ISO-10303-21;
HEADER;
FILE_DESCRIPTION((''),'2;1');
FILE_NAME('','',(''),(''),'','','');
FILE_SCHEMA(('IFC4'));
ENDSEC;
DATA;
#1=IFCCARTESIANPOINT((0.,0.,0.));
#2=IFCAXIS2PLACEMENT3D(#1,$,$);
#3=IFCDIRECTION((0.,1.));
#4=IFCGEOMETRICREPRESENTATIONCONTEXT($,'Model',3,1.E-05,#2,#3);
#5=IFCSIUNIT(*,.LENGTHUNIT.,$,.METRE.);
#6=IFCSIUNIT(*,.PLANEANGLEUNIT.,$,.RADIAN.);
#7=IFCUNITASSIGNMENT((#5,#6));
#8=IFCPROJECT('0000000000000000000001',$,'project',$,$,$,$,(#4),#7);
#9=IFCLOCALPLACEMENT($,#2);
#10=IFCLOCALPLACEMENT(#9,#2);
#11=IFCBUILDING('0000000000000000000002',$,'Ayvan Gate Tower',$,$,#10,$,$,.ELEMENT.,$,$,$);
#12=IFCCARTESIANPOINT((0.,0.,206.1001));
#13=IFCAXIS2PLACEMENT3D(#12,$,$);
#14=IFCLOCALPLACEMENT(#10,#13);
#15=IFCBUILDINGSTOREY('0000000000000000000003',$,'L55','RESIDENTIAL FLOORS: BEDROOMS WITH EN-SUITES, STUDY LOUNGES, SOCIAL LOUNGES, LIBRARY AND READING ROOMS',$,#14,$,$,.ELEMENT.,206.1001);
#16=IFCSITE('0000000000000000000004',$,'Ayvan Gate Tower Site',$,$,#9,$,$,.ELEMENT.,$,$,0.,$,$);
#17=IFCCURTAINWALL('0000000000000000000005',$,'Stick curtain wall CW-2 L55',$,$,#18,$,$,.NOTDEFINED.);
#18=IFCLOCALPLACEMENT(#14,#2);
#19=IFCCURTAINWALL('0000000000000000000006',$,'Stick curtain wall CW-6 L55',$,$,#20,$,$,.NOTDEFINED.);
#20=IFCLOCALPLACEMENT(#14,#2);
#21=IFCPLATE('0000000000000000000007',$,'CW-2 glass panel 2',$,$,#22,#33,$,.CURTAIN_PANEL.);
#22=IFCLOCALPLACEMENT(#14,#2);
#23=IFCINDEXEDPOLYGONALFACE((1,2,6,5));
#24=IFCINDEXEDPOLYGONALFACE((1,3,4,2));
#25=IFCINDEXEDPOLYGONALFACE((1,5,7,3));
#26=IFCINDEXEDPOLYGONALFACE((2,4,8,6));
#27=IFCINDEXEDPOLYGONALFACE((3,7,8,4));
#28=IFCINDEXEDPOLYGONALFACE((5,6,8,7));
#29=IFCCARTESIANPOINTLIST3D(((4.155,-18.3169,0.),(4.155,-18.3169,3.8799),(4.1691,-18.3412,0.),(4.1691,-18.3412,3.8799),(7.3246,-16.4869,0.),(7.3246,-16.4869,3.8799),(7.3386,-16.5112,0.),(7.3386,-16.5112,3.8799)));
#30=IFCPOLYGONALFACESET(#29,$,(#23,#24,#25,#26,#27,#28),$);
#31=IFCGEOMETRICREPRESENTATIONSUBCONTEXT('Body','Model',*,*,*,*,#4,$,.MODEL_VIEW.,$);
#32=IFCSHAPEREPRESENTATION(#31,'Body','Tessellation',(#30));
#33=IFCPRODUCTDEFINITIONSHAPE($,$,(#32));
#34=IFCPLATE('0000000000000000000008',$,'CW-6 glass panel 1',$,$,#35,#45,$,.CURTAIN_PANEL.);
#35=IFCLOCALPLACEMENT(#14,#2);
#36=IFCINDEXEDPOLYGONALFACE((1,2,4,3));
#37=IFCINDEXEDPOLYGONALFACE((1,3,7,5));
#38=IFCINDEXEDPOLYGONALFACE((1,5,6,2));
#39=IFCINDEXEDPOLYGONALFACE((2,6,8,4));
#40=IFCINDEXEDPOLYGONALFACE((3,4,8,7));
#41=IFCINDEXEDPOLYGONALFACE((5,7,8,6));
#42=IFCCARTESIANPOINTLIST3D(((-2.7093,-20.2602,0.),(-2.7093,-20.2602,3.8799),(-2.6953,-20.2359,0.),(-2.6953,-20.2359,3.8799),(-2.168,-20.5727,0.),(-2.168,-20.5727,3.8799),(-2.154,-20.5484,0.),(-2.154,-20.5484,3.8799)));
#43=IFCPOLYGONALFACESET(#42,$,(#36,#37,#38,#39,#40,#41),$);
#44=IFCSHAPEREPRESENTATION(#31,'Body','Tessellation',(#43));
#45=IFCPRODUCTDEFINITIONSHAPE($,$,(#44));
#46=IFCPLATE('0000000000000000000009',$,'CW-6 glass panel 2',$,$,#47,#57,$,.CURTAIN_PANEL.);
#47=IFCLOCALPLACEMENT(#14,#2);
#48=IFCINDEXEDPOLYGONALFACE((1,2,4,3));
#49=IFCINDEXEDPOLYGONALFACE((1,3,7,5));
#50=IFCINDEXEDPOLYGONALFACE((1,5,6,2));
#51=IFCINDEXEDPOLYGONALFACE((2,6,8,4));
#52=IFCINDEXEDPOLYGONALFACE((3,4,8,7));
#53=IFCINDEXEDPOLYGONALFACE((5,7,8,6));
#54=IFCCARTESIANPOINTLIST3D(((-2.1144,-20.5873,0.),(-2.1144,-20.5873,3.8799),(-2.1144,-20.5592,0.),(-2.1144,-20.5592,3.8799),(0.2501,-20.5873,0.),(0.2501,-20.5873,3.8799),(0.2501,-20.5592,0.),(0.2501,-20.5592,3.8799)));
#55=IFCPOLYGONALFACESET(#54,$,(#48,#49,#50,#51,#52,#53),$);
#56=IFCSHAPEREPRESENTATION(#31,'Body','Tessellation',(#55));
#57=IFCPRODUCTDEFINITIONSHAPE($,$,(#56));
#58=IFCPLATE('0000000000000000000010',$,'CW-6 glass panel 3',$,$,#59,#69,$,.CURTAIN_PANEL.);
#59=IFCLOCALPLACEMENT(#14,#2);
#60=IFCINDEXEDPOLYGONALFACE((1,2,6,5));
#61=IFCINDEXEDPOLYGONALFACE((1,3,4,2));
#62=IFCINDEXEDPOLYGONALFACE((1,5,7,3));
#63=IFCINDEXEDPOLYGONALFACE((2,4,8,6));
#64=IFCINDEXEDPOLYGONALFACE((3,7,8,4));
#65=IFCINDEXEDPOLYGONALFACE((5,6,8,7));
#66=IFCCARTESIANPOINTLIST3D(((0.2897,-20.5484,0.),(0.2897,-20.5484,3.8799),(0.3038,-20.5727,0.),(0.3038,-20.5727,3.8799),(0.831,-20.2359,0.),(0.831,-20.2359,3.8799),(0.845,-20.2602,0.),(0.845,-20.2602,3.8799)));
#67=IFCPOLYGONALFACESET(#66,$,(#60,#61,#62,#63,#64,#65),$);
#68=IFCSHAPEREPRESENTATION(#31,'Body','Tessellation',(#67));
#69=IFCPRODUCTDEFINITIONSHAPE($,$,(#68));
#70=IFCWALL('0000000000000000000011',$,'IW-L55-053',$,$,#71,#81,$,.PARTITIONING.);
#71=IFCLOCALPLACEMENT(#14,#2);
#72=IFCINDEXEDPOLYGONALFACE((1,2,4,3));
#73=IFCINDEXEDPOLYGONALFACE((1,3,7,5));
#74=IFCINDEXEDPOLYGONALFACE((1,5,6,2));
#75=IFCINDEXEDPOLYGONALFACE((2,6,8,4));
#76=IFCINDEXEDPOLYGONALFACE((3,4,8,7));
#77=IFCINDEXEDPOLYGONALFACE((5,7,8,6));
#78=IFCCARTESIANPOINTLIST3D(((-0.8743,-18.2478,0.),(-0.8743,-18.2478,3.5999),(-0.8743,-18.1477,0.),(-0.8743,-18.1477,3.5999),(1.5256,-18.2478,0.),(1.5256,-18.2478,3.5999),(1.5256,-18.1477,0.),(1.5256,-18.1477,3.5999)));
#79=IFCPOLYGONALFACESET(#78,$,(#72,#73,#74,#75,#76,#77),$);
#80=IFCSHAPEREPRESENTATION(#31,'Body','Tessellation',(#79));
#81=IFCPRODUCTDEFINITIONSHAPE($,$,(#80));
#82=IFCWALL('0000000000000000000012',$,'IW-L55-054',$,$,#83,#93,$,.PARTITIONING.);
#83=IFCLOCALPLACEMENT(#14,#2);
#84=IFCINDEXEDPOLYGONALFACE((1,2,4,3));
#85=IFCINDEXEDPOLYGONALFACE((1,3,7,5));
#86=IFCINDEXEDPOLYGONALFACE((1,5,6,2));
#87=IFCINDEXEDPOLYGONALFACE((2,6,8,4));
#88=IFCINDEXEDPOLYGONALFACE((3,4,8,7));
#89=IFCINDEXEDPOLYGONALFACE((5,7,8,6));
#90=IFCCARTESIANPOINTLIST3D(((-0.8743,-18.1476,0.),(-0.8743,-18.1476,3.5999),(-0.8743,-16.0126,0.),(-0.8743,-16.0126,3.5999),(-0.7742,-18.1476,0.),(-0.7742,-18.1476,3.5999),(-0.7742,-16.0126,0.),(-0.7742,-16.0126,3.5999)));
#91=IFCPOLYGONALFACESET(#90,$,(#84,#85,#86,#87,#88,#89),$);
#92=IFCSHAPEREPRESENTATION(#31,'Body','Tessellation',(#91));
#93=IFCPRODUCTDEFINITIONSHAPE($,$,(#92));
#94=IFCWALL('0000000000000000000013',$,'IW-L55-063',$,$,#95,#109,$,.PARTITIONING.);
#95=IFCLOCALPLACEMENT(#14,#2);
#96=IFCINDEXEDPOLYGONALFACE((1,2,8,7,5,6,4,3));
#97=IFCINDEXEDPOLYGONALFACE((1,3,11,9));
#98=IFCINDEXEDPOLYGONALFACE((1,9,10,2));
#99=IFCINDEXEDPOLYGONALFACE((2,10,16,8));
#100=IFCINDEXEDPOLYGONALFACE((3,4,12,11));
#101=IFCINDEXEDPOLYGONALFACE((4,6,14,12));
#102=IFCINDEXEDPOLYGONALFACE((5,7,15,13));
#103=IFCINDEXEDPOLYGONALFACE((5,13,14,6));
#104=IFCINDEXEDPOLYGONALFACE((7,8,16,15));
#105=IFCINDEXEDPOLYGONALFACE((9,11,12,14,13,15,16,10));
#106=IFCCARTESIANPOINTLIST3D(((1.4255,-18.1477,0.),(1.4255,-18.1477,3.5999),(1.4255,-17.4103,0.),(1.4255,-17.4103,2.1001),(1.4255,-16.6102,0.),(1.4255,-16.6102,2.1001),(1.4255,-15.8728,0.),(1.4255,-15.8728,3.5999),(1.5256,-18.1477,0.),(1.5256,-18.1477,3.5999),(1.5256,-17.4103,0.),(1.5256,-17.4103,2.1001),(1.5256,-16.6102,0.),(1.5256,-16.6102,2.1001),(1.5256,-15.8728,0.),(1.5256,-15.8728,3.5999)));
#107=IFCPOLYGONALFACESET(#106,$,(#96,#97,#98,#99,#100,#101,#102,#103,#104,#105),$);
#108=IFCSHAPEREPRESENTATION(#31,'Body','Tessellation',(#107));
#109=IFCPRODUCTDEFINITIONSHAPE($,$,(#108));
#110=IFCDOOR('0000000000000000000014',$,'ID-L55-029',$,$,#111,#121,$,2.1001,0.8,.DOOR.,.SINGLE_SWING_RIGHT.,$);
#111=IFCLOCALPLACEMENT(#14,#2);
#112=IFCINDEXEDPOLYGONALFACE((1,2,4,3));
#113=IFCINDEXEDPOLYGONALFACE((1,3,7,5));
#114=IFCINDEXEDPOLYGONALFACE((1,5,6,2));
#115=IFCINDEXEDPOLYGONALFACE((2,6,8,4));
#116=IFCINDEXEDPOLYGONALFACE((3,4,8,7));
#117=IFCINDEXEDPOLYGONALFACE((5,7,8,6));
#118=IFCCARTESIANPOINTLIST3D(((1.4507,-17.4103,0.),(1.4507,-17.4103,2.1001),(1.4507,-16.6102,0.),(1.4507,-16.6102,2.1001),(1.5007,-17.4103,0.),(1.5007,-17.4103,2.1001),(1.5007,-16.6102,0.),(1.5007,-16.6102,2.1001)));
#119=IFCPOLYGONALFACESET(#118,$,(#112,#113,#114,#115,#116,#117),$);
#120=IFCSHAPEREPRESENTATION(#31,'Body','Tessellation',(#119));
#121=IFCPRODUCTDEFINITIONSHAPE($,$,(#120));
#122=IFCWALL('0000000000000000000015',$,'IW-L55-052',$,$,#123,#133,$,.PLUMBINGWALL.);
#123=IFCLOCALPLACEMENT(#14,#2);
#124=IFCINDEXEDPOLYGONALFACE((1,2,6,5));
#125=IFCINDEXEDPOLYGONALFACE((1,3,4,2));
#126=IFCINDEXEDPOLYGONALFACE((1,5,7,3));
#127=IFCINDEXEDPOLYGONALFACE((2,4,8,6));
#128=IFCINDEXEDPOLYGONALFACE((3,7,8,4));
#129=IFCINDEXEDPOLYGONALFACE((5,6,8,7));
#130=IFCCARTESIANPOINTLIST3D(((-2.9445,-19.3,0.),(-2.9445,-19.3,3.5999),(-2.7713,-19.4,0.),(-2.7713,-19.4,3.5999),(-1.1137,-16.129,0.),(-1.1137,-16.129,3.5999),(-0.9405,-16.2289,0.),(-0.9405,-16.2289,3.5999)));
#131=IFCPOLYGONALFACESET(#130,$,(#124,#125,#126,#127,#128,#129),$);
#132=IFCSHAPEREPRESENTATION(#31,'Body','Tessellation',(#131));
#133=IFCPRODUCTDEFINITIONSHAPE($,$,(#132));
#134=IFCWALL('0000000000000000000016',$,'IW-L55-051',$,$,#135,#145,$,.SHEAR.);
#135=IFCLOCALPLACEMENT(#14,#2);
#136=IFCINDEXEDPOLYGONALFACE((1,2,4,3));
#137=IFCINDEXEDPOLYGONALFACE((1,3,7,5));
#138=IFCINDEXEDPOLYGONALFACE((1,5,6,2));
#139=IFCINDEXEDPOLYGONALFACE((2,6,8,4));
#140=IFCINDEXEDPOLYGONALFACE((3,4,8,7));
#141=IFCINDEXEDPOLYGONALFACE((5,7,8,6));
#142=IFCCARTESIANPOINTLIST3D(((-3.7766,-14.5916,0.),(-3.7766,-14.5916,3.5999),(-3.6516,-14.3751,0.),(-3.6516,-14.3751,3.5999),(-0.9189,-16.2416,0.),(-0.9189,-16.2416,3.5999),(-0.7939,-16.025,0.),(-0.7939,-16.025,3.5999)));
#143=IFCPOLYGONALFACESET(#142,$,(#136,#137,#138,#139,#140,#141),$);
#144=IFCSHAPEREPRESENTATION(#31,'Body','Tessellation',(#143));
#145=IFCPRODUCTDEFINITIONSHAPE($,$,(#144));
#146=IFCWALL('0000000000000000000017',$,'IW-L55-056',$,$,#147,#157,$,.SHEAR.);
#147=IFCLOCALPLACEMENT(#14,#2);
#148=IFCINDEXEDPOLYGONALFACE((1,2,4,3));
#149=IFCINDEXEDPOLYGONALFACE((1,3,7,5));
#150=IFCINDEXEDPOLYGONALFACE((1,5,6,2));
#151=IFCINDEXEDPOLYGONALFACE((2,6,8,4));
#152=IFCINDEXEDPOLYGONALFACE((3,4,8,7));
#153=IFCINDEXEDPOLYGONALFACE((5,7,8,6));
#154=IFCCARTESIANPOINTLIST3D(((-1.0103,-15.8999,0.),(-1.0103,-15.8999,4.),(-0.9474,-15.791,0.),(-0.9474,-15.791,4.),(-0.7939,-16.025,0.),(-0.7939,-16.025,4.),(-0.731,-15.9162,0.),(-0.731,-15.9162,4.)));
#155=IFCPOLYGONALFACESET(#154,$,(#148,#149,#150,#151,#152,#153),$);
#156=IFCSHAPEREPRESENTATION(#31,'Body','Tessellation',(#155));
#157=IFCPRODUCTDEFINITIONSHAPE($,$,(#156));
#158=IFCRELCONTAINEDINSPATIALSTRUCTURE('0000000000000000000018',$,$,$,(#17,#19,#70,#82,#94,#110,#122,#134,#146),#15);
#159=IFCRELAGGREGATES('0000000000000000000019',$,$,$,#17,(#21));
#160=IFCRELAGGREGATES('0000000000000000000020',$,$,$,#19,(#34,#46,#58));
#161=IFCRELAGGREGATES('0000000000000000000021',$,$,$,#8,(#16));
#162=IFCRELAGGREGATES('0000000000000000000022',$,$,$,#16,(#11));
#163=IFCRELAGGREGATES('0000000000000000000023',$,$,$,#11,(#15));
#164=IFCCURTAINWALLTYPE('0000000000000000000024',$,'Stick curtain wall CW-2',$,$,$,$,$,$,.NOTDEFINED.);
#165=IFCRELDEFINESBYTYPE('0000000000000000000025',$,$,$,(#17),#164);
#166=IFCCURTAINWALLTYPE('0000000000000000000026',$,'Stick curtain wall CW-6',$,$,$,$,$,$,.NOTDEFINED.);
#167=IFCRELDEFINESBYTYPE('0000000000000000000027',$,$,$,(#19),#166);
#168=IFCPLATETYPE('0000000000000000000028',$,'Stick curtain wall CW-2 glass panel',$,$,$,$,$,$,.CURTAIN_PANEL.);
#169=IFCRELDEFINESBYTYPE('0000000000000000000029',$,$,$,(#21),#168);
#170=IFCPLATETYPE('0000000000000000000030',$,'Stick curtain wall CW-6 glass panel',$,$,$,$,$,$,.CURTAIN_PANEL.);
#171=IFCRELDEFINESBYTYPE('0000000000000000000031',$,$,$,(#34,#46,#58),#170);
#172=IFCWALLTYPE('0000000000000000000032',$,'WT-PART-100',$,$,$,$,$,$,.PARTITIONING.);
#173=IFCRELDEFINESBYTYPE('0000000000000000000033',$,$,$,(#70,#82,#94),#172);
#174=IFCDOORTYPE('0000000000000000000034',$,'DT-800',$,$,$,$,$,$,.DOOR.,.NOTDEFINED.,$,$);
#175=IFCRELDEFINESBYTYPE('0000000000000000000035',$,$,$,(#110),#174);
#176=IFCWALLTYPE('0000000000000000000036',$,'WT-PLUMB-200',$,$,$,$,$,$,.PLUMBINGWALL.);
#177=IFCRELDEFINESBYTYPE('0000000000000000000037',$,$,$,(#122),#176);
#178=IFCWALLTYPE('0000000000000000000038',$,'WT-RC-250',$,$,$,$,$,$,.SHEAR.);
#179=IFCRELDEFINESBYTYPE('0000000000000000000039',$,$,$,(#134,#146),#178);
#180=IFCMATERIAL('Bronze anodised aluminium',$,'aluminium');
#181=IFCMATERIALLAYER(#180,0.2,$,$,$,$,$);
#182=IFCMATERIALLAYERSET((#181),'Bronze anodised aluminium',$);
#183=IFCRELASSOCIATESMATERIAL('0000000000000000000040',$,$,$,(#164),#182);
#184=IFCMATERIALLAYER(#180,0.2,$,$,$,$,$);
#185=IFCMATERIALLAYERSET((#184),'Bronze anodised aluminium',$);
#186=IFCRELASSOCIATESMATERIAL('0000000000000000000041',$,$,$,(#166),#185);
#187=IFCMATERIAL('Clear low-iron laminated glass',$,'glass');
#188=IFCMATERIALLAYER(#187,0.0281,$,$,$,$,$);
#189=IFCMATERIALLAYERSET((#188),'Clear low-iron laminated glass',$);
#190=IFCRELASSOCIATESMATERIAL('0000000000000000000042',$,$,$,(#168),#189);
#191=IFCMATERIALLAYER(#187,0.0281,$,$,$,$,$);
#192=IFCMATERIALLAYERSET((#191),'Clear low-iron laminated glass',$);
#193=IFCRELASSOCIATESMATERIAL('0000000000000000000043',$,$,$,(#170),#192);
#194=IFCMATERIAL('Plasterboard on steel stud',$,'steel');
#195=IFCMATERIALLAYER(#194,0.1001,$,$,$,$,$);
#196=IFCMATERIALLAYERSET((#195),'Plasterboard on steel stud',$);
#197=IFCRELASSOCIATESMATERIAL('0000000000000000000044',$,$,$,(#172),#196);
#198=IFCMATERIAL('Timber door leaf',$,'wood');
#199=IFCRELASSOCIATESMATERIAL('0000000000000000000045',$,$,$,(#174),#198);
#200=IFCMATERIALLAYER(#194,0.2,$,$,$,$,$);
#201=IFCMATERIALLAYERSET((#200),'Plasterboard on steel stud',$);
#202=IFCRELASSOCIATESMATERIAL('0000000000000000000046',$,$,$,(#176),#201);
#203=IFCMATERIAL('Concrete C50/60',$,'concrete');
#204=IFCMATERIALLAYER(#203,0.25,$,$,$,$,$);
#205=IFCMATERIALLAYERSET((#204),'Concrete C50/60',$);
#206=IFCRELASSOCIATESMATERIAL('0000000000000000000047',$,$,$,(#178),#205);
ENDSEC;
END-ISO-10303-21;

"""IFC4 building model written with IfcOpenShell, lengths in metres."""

from ifc_helpers import new_model, si_unit, direction, frame, frame_2d, origin, origin_2d, place, context, subcontext, project, spatial, rectangle, extrude, material, layer, layer_set, type_object, element, fill, aggregate, save


model = new_model("IFC4")

# Units and contexts
model_context = context("Model", 3, precision=1e-05, world=origin(), true_north=direction((0.0, 1.0)))
body_context = subcontext(model_context, "Body", "Model", "MODEL_VIEW")
ifc_project = project(units=[si_unit("LENGTHUNIT", "METRE"), si_unit("PLANEANGLEUNIT", "RADIAN")], contexts=[model_context])

# Site, building, storey
site_placement = place(None, origin())
site = spatial("IfcSite", under=ifc_project, at=site_placement, Name="Ayvan Gate Tower Site", CompositionType="ELEMENT", RefElevation=0.0)
building_placement = place(site_placement, origin())
building = spatial("IfcBuilding", under=site, at=building_placement, Name="Ayvan Gate Tower", CompositionType="ELEMENT")
storey_placement = place(building_placement, frame((0.0, 0.0, 206.1001)))
storey = spatial("IfcBuildingStorey", under=building, at=storey_placement, Name="L55", Description="RESIDENTIAL FLOORS: BEDROOMS WITH EN-SUITES, STUDY LOUNGES, SOCIAL LOUNGES, LIBRARY AND READING ROOMS", CompositionType="ELEMENT", Elevation=206.1001)

# Curtain walls
ifc_material_1 = material(Name="Bronze anodised aluminium", Category="aluminium")
ifc_layer_1 = layer(ifc_material_1, 0.2)
ifc_layer_set_1 = layer_set([ifc_layer_1], Name="Bronze anodised aluminium")
curtain_wall_type_1 = type_object("IfcCurtainWallType", Name="Stick curtain wall CW-2", PredefinedType="NOTDEFINED", material=ifc_layer_set_1)
curtain_wall_1_placement = place(storey_placement, origin())
curtain_wall_1 = element("IfcCurtainWall", 1, at=curtain_wall_1_placement, inside=storey, type_object=curtain_wall_type_1, Name="Stick curtain wall CW-2 L55", PredefinedType="NOTDEFINED")
ifc_layer_2 = layer(ifc_material_1, 0.2)
ifc_layer_set_2 = layer_set([ifc_layer_2], Name="Bronze anodised aluminium")
curtain_wall_type_2 = type_object("IfcCurtainWallType", Name="Stick curtain wall CW-6", PredefinedType="NOTDEFINED", material=ifc_layer_set_2)
curtain_wall_2_placement = place(storey_placement, origin())
curtain_wall_2 = element("IfcCurtainWall", 2, at=curtain_wall_2_placement, inside=storey, type_object=curtain_wall_type_2, Name="Stick curtain wall CW-6 L55", PredefinedType="NOTDEFINED")

# Plates
ifc_material_2 = material(Name="Clear low-iron laminated glass", Category="glass")
ifc_layer_3 = layer(ifc_material_2, 0.0281)
ifc_layer_set_3 = layer_set([ifc_layer_3], Name="Clear low-iron laminated glass")
plate_type_1 = type_object("IfcPlateType", Name="Stick curtain wall CW-2 glass panel", PredefinedType="CURTAIN_PANEL", material=ifc_layer_set_3)
plate_1_placement = place(storey_placement, frame((5.7468, -17.4141, 0.0), z_axis=(0.0, 0.0, 1.0), x_axis=(0.866025, 0.5, 0.0)))
plate_1 = element("IfcPlate", 3, at=plate_1_placement, type_object=plate_type_1, Name="CW-2 glass panel 2", PredefinedType="CURTAIN_PANEL", context=body_context, shape_type="SweptSolid", body=[
    extrude(rectangle(XDim=3.6599, YDim=0.0281, at=origin_2d()), origin(), (0.0, 0.0, 1.0), 3.8799),
])
aggregate(curtain_wall_1, [plate_1])
ifc_layer_4 = layer(ifc_material_2, 0.0281)
ifc_layer_set_4 = layer_set([ifc_layer_4], Name="Clear low-iron laminated glass")
plate_type_2 = type_object("IfcPlateType", Name="Stick curtain wall CW-6 glass panel", PredefinedType="CURTAIN_PANEL", material=ifc_layer_set_4)
plate_2_placement = place(storey_placement, frame((-2.4316, -20.4043, 0.0), z_axis=(0.0, 0.0, 1.0), x_axis=(0.866025, -0.5, 0.0)))
plate_2 = element("IfcPlate", 4, at=plate_2_placement, type_object=plate_type_2, Name="CW-6 glass panel 1", PredefinedType="CURTAIN_PANEL", context=body_context, shape_type="SweptSolid", body=[
    extrude(rectangle(XDim=0.625, YDim=0.0281, at=origin_2d()), origin(), (0.0, 0.0, 1.0), 3.8799),
])
plate_3_placement = place(storey_placement, frame((-0.9321, -20.5732, 0.0), z_axis=(0.0, 0.0, 1.0), x_axis=(1.0, 0.0, 0.0)))
plate_3 = element("IfcPlate", 5, at=plate_3_placement, type_object=plate_type_2, Name="CW-6 glass panel 2", PredefinedType="CURTAIN_PANEL", context=body_context, shape_type="SweptSolid", body=[
    extrude(rectangle(XDim=2.3645, YDim=0.0281, at=origin_2d()), origin(), (0.0, 0.0, 1.0), 3.8799),
])
plate_4_placement = place(storey_placement, frame((0.5674, -20.4043, 0.0), z_axis=(0.0, 0.0, 1.0), x_axis=(0.866025, 0.5, 0.0)))
plate_4 = element("IfcPlate", 6, at=plate_4_placement, type_object=plate_type_2, Name="CW-6 glass panel 3", PredefinedType="CURTAIN_PANEL", context=body_context, shape_type="SweptSolid", body=[
    extrude(rectangle(XDim=0.625, YDim=0.0281, at=origin_2d()), origin(), (0.0, 0.0, 1.0), 3.8799),
])
aggregate(curtain_wall_2, [plate_2, plate_3, plate_4])

# Walls
ifc_material_3 = material(Name="Plasterboard on steel stud", Category="steel")
ifc_layer_5 = layer(ifc_material_3, 0.1001)
ifc_layer_set_5 = layer_set([ifc_layer_5], Name="Plasterboard on steel stud")
wall_type_1 = type_object("IfcWallType", Name="WT-PART-100", PredefinedType="PARTITIONING", material=ifc_layer_set_5)
wall_1_placement = place(storey_placement, frame((-0.8743, -18.1978, 0.0), z_axis=(0.0, 0.0, 1.0), x_axis=(1.0, 0.0, 0.0)))
element("IfcWall", 7, at=wall_1_placement, inside=storey, type_object=wall_type_1, Name="IW-L55-053", PredefinedType="PARTITIONING", context=body_context, shape_type="SweptSolid", body=[
    extrude(rectangle(XDim=2.3999, YDim=0.1001, at=frame_2d((1.2, 0.0))), origin(), (0.0, 0.0, 1.0), 3.5999),
])
wall_2_placement = place(storey_placement, frame((-0.8242, -16.0127, 0.0), z_axis=(0.0, 0.0, 1.0), x_axis=(0.0, -1.0, 0.0)))
element("IfcWall", 8, at=wall_2_placement, inside=storey, type_object=wall_type_1, Name="IW-L55-054", PredefinedType="PARTITIONING", context=body_context, shape_type="SweptSolid", body=[
    extrude(rectangle(XDim=2.135, YDim=0.1001, at=frame_2d((1.0674, 0.0))), origin(), (0.0, 0.0, 1.0), 3.5999),
])

# Wall, opening, door
wall_3_placement = place(storey_placement, frame((1.4756, -18.1477, 0.0), z_axis=(0.0, 0.0, 1.0), x_axis=(0.0, 1.0, 0.0)))
wall_3 = element("IfcWall", 9, at=wall_3_placement, inside=storey, type_object=wall_type_1, Name="IW-L55-063", PredefinedType="PARTITIONING", context=body_context, shape_type="SweptSolid", body=[
    extrude(rectangle(XDim=2.2749, YDim=0.1001, at=frame_2d((1.1375, 0.0))), origin(), (0.0, 0.0, 1.0), 3.5999),
])
opening_placement = place(wall_3_placement, frame((0.7375, 0.0, 0.0)))
opening = element("IfcOpeningElement", 10, at=opening_placement, cuts=wall_3, PredefinedType="OPENING", context=body_context, shape_type="SweptSolid", body=[
    extrude(rectangle(XDim=0.8, YDim=2.1001, at=frame_2d((0.3999, 1.05))), frame((0.0, 0.0601, 0.0), z_axis=(0.0, -1.0, 0.0), x_axis=(1.0, 0.0, 0.0)), (0.0, 0.0, 1.0), 0.1201),
])
ifc_material_4 = material(Name="Timber door leaf", Category="wood")
door_type = type_object("IfcDoorType", Name="DT-800", OperationType="NOTDEFINED", PredefinedType="DOOR", material=ifc_material_4)
door_placement = place(opening_placement, origin())
door = element("IfcDoor", 11, at=door_placement, inside=storey, type_object=door_type, Name="ID-L55-029", OperationType="SINGLE_SWING_RIGHT", OverallHeight=2.1001, OverallWidth=0.8, PredefinedType="DOOR", context=body_context, shape_type="SweptSolid", body=[
    extrude(rectangle(XDim=0.8, YDim=2.1001, at=frame_2d((0.3999, 1.05))), frame((0.0, 0.0249, 0.0), z_axis=(0.0, -1.0, 0.0), x_axis=(1.0, 0.0, 0.0)), (0.0, 0.0, 1.0), 0.05),
])
fill(opening, door)

# Walls
ifc_layer_6 = layer(ifc_material_3, 0.2)
ifc_layer_set_6 = layer_set([ifc_layer_6], Name="Plasterboard on steel stud")
wall_type_2 = type_object("IfcWallType", Name="WT-PLUMB-200", PredefinedType="PLUMBINGWALL", material=ifc_layer_set_6)
wall_4_placement = place(storey_placement, frame((-1.0271, -16.179, 0.0), z_axis=(0.0, 0.0, 1.0), x_axis=(-0.49999, -0.866031, 0.0)))
element("IfcWall", 12, at=wall_4_placement, inside=storey, type_object=wall_type_2, Name="IW-L55-052", PredefinedType="PLUMBINGWALL", context=body_context, shape_type="SweptSolid", body=[
    extrude(rectangle(XDim=3.6616, YDim=0.2, at=frame_2d((1.8308, 0.0))), origin(), (0.0, 0.0, 1.0), 3.5999),
])
ifc_material_5 = material(Name="Concrete C50/60", Category="concrete")
ifc_layer_7 = layer(ifc_material_5, 0.25)
ifc_layer_set_7 = layer_set([ifc_layer_7], Name="Concrete C50/60")
wall_type_3 = type_object("IfcWallType", Name="WT-RC-250", PredefinedType="SHEAR", material=ifc_layer_set_7)
wall_5_placement = place(storey_placement, frame((-0.8564, -16.1333, 0.0), z_axis=(0.0, 0.0, 1.0), x_axis=(-0.866022, 0.500006, 0.0)))
element("IfcWall", 13, at=wall_5_placement, inside=storey, type_object=wall_type_3, Name="IW-L55-051", PredefinedType="SHEAR", context=body_context, shape_type="SweptSolid", body=[
    extrude(rectangle(XDim=3.2998, YDim=0.25, at=frame_2d((1.6499, 0.0))), origin(), (0.0, 0.0, 1.0), 3.5999),
])
wall_6_placement = place(storey_placement, frame((-0.8391, -15.8535, 0.0), z_axis=(0.0, 0.0, 1.0), x_axis=(-0.50073, -0.865603, 0.0)))
element("IfcWall", 14, at=wall_6_placement, inside=storey, type_object=wall_type_3, Name="IW-L55-056", PredefinedType="SHEAR", context=body_context, shape_type="SweptSolid", body=[
    extrude(rectangle(XDim=0.1257, YDim=0.25, at=frame_2d((0.063, 0.0))), origin(), (0.0, 0.0, 1.0), 4.0),
])

save(model, "model.ifc")
